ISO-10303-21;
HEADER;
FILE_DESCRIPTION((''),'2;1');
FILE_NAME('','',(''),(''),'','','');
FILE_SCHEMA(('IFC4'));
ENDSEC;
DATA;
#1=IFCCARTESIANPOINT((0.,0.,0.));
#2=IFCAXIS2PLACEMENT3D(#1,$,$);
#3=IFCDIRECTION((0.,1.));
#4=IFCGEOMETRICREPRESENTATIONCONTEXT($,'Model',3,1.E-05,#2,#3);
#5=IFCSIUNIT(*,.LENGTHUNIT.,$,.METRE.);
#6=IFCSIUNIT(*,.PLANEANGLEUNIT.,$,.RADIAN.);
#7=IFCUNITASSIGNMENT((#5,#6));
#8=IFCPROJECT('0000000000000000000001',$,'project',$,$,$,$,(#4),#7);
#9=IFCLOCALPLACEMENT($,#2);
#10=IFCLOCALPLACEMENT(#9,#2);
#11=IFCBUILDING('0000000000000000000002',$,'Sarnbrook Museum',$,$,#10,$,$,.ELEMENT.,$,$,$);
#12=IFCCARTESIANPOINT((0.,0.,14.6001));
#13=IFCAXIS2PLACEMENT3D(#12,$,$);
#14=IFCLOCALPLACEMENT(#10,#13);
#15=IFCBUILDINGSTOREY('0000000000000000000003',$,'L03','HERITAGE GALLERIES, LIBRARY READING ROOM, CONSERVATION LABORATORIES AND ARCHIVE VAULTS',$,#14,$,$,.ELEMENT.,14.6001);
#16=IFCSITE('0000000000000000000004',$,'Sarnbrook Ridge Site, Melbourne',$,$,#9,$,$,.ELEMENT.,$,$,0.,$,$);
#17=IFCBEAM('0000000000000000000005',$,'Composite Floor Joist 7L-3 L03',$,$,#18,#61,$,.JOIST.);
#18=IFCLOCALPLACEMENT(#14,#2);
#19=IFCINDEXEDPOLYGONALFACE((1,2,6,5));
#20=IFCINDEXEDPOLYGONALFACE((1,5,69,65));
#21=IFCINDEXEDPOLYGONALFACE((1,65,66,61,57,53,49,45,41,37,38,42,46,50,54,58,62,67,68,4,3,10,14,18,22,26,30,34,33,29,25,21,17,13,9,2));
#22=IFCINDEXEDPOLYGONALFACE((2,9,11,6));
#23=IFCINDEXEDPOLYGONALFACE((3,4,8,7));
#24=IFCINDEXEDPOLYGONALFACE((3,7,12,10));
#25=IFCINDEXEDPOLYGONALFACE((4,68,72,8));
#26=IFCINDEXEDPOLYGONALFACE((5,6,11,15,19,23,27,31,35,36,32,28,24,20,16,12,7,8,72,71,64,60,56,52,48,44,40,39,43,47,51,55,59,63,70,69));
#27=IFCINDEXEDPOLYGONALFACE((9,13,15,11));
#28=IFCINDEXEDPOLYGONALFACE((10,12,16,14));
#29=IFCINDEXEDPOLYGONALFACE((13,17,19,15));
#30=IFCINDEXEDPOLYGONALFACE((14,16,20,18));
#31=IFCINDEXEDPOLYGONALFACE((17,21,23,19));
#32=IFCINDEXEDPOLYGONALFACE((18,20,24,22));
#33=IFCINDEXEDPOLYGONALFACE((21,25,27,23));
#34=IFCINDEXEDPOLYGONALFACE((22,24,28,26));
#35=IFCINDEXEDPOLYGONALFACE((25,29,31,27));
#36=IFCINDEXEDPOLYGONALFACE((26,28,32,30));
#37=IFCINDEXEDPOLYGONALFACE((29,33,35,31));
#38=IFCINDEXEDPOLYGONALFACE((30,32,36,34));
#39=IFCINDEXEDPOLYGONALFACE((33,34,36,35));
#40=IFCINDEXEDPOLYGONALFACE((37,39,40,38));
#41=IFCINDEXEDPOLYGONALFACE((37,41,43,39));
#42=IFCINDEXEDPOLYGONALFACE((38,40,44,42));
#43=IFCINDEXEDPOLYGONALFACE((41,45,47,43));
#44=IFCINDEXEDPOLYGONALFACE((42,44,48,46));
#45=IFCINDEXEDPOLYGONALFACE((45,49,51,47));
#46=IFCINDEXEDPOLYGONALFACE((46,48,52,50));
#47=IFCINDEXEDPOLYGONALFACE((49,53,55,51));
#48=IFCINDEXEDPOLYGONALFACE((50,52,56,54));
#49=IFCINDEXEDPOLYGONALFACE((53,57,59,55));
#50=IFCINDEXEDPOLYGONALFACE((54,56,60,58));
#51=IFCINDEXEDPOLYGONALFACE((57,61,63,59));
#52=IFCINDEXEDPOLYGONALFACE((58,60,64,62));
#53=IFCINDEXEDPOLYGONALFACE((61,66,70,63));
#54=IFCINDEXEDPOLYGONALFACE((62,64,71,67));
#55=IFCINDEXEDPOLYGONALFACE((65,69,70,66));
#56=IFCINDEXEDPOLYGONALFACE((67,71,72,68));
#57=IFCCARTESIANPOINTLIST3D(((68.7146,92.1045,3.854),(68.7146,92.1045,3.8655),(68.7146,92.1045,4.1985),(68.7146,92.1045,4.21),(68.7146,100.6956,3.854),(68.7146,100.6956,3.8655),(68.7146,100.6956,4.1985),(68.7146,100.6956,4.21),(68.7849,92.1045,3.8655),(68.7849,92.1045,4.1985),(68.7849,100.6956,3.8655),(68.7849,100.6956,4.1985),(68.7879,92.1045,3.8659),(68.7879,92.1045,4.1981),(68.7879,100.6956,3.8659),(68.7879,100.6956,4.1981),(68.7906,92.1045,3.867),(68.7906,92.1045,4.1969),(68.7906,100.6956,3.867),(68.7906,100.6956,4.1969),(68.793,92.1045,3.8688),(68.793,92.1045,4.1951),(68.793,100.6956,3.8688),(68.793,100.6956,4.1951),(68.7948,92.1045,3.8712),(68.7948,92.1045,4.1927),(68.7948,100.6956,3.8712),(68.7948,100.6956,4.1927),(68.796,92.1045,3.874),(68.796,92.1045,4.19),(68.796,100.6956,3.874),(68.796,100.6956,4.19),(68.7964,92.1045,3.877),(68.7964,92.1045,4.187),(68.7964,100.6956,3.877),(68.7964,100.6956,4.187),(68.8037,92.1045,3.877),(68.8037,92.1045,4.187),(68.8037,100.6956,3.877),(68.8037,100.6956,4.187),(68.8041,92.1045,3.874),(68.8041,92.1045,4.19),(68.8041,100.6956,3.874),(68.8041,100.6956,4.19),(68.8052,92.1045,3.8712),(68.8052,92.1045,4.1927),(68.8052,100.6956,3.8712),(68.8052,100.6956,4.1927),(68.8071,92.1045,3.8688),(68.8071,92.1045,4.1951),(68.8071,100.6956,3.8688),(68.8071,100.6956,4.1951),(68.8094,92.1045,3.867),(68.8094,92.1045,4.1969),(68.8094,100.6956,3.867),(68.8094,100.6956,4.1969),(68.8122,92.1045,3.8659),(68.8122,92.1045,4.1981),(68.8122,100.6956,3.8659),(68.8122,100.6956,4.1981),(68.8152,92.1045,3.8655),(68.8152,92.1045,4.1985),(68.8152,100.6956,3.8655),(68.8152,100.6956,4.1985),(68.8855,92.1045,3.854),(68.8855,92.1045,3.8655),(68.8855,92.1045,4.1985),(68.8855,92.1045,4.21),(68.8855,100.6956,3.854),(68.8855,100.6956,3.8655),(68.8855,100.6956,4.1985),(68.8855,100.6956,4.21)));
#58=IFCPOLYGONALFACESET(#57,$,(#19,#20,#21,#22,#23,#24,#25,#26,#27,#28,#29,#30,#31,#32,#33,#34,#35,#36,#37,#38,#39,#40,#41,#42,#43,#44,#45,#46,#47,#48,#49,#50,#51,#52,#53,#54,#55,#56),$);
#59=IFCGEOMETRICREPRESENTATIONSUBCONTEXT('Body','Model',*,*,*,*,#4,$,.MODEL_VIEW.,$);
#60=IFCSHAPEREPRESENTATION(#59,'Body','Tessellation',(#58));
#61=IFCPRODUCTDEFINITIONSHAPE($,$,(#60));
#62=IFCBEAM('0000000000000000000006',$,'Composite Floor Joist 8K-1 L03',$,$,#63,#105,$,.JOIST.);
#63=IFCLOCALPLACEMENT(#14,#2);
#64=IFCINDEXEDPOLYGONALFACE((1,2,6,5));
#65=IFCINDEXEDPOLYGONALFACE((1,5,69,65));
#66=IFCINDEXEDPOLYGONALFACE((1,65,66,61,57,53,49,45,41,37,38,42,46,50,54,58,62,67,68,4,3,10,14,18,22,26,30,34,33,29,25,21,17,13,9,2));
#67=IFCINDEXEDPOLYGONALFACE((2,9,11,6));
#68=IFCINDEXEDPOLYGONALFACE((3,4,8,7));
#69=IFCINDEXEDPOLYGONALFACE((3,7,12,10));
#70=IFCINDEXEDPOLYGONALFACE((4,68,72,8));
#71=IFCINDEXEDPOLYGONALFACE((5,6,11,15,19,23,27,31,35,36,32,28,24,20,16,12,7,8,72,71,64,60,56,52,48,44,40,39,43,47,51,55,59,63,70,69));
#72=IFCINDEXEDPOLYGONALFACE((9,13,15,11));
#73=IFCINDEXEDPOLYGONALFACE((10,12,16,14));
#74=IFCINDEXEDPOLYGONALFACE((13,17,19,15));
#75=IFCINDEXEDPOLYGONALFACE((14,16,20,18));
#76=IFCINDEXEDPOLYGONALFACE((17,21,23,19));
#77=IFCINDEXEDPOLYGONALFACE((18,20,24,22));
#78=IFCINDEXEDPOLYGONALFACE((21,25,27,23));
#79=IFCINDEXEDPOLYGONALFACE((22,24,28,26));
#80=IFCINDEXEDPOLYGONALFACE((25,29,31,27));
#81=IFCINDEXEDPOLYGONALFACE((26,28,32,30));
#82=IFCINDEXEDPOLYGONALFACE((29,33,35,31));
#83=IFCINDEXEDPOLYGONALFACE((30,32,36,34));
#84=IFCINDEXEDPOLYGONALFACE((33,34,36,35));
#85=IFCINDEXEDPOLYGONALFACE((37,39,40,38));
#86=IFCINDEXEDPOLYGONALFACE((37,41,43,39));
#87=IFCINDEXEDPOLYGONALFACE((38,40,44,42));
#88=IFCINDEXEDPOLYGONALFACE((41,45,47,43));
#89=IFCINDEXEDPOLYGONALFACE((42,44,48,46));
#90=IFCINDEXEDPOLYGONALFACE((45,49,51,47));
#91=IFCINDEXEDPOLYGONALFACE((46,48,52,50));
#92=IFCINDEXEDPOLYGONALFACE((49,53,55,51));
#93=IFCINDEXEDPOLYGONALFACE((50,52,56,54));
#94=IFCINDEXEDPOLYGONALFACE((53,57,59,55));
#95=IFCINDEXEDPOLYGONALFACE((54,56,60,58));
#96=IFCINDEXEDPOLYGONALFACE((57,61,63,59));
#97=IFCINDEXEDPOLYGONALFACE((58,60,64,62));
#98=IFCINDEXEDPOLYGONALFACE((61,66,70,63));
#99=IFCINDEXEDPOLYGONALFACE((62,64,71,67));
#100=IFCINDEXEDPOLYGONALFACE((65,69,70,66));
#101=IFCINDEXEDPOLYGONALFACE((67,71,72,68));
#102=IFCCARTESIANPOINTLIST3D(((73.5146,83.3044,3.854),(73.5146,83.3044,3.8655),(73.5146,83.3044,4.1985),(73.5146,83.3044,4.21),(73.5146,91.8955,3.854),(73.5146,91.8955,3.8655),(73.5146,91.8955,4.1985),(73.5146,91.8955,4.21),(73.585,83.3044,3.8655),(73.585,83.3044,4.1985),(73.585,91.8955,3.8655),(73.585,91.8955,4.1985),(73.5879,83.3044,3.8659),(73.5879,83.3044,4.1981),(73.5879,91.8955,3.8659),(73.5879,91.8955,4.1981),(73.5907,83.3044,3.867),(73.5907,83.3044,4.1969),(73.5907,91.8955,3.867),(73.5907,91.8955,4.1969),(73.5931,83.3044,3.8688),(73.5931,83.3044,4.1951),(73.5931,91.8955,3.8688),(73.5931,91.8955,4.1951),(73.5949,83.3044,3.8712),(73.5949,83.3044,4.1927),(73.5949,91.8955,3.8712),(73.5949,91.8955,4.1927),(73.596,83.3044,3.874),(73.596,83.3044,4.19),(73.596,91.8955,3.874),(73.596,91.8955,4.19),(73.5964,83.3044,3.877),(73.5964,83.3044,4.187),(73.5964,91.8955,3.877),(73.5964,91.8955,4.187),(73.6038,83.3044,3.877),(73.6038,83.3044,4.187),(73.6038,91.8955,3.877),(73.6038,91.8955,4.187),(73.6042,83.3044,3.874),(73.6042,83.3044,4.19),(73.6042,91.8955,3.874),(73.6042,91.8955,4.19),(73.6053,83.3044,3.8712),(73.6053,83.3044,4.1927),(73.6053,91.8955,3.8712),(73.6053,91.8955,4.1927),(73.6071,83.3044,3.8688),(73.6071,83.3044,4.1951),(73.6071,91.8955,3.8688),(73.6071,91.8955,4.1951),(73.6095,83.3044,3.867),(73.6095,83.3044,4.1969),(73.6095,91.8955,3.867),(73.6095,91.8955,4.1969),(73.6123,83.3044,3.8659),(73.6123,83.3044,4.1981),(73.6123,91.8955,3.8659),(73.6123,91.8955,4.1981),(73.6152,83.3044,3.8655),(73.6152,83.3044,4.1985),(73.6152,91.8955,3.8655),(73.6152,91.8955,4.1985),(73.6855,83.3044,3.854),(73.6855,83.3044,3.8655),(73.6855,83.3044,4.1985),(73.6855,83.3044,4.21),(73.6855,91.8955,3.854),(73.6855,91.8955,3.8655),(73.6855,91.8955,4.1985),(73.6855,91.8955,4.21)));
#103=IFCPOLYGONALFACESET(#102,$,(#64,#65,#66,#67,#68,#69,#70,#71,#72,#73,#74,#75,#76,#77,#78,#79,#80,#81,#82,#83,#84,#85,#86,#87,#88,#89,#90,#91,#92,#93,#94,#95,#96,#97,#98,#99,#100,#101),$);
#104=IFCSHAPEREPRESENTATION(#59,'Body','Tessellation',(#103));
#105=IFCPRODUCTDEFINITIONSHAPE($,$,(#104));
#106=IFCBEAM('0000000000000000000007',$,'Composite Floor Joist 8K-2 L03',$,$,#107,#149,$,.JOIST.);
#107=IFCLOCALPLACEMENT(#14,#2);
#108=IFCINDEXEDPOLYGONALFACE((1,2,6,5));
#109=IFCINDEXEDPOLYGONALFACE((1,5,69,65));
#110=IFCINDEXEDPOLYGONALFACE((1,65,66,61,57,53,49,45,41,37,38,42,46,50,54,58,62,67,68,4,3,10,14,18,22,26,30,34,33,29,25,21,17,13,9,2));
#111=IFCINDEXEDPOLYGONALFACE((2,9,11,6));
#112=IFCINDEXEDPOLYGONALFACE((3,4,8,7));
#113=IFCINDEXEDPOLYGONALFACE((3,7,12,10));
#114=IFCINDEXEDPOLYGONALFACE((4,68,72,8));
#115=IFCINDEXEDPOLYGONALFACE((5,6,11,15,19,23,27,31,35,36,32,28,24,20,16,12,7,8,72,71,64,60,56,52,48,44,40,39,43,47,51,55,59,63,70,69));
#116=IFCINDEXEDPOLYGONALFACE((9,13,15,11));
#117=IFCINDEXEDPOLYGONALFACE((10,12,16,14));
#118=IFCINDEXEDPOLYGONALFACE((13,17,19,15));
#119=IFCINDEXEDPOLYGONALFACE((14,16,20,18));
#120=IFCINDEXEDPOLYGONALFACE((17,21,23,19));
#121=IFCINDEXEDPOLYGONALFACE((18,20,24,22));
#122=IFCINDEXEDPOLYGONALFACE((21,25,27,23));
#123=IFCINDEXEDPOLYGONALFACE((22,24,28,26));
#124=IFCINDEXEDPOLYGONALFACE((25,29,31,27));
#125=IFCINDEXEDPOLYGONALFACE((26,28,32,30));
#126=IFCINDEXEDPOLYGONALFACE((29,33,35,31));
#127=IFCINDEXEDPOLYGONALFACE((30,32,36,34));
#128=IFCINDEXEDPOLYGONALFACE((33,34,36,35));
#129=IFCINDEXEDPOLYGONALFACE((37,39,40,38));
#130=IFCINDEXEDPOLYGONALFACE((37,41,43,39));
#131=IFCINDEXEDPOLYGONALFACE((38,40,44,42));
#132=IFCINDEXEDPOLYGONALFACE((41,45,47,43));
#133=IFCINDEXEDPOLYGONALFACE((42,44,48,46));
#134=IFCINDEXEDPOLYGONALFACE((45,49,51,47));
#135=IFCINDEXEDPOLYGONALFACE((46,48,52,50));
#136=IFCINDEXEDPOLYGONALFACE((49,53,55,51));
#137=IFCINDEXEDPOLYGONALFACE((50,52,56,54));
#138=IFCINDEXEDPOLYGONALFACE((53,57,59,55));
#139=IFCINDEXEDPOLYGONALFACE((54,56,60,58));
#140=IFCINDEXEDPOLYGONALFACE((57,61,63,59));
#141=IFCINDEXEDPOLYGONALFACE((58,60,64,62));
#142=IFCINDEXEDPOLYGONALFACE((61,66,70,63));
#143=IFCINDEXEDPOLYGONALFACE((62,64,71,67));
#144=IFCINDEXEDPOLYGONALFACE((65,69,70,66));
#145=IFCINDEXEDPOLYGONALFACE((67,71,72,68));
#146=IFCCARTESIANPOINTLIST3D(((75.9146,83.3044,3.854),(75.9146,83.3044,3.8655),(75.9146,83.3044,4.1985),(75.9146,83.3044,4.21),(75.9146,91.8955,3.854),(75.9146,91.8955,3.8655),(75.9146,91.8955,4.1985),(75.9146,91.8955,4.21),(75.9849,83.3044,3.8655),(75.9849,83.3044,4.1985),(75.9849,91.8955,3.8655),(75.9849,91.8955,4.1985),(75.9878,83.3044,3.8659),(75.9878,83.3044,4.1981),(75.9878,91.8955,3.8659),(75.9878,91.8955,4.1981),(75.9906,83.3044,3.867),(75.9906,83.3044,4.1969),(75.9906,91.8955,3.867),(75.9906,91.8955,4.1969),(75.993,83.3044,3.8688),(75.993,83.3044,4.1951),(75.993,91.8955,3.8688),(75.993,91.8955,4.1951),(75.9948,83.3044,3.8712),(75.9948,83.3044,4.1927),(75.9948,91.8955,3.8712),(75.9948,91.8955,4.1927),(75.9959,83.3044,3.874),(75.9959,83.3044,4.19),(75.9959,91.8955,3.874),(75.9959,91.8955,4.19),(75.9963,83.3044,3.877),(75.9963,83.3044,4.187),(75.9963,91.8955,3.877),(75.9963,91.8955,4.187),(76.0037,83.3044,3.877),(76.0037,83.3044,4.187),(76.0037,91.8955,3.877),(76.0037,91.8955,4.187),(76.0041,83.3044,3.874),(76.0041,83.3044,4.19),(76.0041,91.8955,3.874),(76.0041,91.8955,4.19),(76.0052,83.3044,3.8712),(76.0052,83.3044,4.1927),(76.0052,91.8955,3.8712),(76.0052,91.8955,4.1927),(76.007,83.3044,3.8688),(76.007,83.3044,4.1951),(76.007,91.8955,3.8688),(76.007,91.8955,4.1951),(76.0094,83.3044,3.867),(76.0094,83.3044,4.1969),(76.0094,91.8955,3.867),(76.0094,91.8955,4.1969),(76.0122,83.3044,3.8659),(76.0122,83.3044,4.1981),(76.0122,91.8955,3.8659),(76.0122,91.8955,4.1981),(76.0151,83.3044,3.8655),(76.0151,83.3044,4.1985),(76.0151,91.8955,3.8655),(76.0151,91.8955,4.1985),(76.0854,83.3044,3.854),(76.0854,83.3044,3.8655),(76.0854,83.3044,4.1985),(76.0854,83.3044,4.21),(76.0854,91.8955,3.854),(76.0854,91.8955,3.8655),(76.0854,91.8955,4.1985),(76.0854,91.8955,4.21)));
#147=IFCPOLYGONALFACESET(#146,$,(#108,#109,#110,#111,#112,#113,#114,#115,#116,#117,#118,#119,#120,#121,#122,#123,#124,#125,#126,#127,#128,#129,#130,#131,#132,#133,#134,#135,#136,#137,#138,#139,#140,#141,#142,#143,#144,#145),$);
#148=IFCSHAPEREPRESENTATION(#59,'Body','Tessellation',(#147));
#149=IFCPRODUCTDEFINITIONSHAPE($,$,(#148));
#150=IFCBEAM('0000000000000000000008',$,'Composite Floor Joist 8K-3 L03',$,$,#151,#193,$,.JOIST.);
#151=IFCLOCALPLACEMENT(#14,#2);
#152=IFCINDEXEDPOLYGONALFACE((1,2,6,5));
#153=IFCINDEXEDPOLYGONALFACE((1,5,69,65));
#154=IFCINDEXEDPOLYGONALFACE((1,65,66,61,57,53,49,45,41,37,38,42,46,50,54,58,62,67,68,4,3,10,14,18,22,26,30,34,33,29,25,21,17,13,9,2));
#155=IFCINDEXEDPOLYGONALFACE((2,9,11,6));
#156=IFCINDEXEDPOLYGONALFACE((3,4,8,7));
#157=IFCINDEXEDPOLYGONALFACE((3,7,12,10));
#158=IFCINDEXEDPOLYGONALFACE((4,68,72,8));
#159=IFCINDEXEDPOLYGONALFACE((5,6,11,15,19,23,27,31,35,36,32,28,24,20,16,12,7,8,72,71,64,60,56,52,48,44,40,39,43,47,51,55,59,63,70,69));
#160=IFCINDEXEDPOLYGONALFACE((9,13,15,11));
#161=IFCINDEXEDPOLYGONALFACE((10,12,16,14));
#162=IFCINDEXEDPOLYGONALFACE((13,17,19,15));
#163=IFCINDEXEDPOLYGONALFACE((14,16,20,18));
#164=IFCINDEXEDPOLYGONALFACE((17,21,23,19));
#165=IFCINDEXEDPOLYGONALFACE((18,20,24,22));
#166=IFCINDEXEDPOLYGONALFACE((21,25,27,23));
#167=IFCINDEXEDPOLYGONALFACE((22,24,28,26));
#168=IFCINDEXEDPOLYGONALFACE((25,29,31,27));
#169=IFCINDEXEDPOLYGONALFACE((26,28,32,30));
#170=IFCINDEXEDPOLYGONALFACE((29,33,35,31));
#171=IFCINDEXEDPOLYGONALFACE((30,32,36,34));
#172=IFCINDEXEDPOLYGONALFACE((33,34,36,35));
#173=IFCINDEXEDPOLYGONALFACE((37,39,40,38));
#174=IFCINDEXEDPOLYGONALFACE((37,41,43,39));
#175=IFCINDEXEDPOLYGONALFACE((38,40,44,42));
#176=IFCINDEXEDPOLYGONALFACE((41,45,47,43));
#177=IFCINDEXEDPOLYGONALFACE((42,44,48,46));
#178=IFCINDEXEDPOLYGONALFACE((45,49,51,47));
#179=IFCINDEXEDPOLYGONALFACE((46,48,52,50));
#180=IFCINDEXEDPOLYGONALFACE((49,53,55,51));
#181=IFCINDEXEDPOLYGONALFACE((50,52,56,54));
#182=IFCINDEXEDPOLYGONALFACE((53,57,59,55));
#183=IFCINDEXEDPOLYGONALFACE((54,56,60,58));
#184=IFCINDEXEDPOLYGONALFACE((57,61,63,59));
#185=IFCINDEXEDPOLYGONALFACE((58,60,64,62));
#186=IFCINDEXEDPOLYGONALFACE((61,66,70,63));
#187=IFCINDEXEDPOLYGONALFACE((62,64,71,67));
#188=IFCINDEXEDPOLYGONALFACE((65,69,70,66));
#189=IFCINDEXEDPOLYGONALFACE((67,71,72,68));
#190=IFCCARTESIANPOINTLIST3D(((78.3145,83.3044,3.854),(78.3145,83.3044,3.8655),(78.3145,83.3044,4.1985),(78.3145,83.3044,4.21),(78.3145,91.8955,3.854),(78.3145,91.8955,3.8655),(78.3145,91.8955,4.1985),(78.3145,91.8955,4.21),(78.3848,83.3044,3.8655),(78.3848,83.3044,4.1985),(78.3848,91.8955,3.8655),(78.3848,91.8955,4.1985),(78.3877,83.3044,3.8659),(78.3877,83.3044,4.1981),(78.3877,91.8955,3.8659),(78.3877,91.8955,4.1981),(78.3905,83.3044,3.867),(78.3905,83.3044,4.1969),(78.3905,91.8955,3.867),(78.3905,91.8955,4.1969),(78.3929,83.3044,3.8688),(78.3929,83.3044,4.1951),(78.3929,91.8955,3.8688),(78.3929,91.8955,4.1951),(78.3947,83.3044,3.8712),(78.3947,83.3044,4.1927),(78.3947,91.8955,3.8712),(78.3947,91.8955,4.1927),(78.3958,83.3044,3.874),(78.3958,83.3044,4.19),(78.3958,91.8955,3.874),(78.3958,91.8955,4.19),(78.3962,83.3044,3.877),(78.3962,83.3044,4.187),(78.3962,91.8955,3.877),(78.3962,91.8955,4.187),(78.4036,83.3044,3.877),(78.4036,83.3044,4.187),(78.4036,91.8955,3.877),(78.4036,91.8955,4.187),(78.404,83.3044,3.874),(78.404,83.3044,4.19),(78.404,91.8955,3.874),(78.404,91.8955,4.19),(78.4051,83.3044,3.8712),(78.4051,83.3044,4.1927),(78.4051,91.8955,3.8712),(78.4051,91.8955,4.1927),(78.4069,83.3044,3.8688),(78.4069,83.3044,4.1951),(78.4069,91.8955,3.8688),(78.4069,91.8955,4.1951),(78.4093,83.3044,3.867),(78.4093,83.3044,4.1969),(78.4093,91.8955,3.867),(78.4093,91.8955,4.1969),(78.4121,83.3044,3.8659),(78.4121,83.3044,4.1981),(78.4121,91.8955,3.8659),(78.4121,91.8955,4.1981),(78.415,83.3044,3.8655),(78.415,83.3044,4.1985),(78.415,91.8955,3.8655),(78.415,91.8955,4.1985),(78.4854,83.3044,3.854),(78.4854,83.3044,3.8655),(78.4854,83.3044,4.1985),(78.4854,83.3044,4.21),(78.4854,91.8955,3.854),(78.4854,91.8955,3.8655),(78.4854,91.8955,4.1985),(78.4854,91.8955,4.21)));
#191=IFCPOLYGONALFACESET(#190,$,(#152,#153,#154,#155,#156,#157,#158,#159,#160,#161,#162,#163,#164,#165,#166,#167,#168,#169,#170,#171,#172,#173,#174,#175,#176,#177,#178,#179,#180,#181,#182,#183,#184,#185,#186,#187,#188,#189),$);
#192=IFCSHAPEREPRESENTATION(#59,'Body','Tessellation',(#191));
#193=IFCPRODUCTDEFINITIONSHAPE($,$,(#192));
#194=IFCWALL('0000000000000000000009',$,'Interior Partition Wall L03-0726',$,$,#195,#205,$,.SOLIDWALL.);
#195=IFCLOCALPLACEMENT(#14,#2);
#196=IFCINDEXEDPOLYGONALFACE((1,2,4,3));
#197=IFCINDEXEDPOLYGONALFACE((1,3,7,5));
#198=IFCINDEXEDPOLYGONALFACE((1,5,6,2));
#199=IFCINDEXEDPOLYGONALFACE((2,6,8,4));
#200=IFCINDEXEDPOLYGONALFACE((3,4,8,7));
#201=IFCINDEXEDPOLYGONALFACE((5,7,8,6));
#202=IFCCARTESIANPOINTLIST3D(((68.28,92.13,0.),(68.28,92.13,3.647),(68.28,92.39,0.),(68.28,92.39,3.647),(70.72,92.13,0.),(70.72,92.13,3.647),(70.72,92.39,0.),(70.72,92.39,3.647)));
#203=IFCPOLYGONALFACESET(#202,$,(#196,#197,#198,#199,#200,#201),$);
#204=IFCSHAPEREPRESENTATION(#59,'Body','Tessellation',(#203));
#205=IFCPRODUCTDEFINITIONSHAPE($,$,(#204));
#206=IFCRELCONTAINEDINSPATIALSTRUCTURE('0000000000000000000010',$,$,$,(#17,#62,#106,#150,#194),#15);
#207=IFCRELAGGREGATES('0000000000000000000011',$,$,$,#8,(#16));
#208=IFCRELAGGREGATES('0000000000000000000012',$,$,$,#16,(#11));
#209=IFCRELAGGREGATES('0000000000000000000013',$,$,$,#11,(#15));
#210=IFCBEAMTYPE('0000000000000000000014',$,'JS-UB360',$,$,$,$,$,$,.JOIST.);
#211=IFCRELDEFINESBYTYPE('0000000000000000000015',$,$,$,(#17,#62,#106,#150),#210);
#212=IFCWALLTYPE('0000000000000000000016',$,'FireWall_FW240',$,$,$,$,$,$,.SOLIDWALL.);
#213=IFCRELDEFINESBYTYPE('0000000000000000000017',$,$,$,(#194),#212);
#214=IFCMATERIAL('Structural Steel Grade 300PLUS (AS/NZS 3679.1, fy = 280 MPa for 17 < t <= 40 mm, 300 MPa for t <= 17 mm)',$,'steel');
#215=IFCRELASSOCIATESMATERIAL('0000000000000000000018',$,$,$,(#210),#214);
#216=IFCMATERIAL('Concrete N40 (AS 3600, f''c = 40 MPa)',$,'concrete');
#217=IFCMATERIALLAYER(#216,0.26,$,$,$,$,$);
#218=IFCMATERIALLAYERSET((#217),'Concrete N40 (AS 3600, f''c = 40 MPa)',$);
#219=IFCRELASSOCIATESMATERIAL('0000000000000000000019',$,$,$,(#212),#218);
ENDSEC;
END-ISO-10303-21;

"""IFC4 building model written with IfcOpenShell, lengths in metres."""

from ifc_helpers import new_model, si_unit, direction, frame, frame_2d, origin, origin_2d, place, context, subcontext, project, spatial, rectangle, i_section, extrude, material, layer, layer_set, material_profile, profile_set, type_object, element, save


model = new_model("IFC4")

# Units and contexts
model_context = context("Model", 3, precision=1e-05, world=origin(), true_north=direction((0.0, 1.0)))
body_context = subcontext(model_context, "Body", "Model", "MODEL_VIEW")
ifc_project = project(units=[si_unit("LENGTHUNIT", "METRE"), si_unit("PLANEANGLEUNIT", "RADIAN")], contexts=[model_context])

# Site, building, storey
site_placement = place(None, origin())
site = spatial("IfcSite", under=ifc_project, at=site_placement, Name="Sarnbrook Ridge Site, Melbourne", CompositionType="ELEMENT", RefElevation=0.0)
building_placement = place(site_placement, origin())
building = spatial("IfcBuilding", under=site, at=building_placement, Name="Sarnbrook Museum", CompositionType="ELEMENT")
storey_placement = place(building_placement, frame((0.0, 0.0, 14.6001)))
storey = spatial("IfcBuildingStorey", under=building, at=storey_placement, Name="L03", Description="HERITAGE GALLERIES, LIBRARY READING ROOM, CONSERVATION LABORATORIES AND ARCHIVE VAULTS", CompositionType="ELEMENT", Elevation=14.6001)

# Shared definitions
ifc_material_1 = material(Name="Structural Steel Grade 300PLUS (AS/NZS 3679.1, fy = 280 MPa for 17 < t <= 40 mm, 300 MPa for t <= 17 mm)", Category="steel")

# Beams
ifc_material_profile_1 = material_profile(ifc_material_1, i_section(OverallWidth=0.1709, OverallDepth=0.356, WebThickness=0.0073, FlangeThickness=0.0115, FilletRadius=0.0115, at=origin_2d()), Name="360UB50.7")
ifc_profile_set_1 = profile_set([ifc_material_profile_1], Name="Structural Steel Grade 300PLUS (AS/NZS 3679.1, fy = 280 MPa for 17 < t <= 40 mm, 300 MPa for t <= 17 mm)")
beam_type_1 = type_object("IfcBeamType", Name="JS-UB360", PredefinedType="JOIST", material=ifc_profile_set_1)
for number, where, z_axis, x_axis, name in (
    (1, (68.8, 92.1045, 4.032), (0.0, 1.0, 0.0), (-1.0, 0.0, 0.0), "Composite Floor Joist 7L-3 L03"),
    (2, (73.6001, 83.3044, 4.032), (0.0, 1.0, 0.0), (-1.0, 0.0, 0.0), "Composite Floor Joist 8K-1 L03"),
    (3, (76.0, 83.3044, 4.032), (0.0, 1.0, 0.0), (-1.0, 0.0, 0.0), "Composite Floor Joist 8K-2 L03"),
    (4, (78.3999, 83.3044, 4.032), (0.0, 1.0, 0.0), (-1.0, 0.0, 0.0), "Composite Floor Joist 8K-3 L03"),
):
    element("IfcBeam", number, at=place(storey_placement, frame(where, z_axis=z_axis, x_axis=x_axis)), inside=storey, type_object=beam_type_1, Name=name, PredefinedType="JOIST", context=body_context, shape_type="SweptSolid", body=[
        extrude(i_section(OverallWidth=0.1709, OverallDepth=0.356, WebThickness=0.0073, FlangeThickness=0.0115, FilletRadius=0.0115, at=origin_2d()), origin(), (0.0, 0.0, 1.0), 8.5911),
    ])

# Wall
ifc_material_2 = material(Name="Concrete N40 (AS 3600, f'c = 40 MPa)", Category="concrete")
ifc_layer = layer(ifc_material_2, 0.26)
ifc_layer_set = layer_set([ifc_layer], Name="Concrete N40 (AS 3600, f'c = 40 MPa)")
wall_type = type_object("IfcWallType", Name="FireWall_FW240", PredefinedType="SOLIDWALL", material=ifc_layer_set)
wall_1_placement = place(storey_placement, frame((68.28, 92.26, 0.0), z_axis=(0.0, 0.0, 1.0), x_axis=(1.0, 0.0, 0.0)))
element("IfcWall", 5, at=wall_1_placement, inside=storey, type_object=wall_type, Name="Interior Partition Wall L03-0726", PredefinedType="SOLIDWALL", context=body_context, shape_type="SweptSolid", body=[
    extrude(rectangle(XDim=2.4399, YDim=0.26, at=frame_2d((1.22, 0.0))), origin(), (0.0, 0.0, 1.0), 3.647),
])

save(model, "model.ifc")
